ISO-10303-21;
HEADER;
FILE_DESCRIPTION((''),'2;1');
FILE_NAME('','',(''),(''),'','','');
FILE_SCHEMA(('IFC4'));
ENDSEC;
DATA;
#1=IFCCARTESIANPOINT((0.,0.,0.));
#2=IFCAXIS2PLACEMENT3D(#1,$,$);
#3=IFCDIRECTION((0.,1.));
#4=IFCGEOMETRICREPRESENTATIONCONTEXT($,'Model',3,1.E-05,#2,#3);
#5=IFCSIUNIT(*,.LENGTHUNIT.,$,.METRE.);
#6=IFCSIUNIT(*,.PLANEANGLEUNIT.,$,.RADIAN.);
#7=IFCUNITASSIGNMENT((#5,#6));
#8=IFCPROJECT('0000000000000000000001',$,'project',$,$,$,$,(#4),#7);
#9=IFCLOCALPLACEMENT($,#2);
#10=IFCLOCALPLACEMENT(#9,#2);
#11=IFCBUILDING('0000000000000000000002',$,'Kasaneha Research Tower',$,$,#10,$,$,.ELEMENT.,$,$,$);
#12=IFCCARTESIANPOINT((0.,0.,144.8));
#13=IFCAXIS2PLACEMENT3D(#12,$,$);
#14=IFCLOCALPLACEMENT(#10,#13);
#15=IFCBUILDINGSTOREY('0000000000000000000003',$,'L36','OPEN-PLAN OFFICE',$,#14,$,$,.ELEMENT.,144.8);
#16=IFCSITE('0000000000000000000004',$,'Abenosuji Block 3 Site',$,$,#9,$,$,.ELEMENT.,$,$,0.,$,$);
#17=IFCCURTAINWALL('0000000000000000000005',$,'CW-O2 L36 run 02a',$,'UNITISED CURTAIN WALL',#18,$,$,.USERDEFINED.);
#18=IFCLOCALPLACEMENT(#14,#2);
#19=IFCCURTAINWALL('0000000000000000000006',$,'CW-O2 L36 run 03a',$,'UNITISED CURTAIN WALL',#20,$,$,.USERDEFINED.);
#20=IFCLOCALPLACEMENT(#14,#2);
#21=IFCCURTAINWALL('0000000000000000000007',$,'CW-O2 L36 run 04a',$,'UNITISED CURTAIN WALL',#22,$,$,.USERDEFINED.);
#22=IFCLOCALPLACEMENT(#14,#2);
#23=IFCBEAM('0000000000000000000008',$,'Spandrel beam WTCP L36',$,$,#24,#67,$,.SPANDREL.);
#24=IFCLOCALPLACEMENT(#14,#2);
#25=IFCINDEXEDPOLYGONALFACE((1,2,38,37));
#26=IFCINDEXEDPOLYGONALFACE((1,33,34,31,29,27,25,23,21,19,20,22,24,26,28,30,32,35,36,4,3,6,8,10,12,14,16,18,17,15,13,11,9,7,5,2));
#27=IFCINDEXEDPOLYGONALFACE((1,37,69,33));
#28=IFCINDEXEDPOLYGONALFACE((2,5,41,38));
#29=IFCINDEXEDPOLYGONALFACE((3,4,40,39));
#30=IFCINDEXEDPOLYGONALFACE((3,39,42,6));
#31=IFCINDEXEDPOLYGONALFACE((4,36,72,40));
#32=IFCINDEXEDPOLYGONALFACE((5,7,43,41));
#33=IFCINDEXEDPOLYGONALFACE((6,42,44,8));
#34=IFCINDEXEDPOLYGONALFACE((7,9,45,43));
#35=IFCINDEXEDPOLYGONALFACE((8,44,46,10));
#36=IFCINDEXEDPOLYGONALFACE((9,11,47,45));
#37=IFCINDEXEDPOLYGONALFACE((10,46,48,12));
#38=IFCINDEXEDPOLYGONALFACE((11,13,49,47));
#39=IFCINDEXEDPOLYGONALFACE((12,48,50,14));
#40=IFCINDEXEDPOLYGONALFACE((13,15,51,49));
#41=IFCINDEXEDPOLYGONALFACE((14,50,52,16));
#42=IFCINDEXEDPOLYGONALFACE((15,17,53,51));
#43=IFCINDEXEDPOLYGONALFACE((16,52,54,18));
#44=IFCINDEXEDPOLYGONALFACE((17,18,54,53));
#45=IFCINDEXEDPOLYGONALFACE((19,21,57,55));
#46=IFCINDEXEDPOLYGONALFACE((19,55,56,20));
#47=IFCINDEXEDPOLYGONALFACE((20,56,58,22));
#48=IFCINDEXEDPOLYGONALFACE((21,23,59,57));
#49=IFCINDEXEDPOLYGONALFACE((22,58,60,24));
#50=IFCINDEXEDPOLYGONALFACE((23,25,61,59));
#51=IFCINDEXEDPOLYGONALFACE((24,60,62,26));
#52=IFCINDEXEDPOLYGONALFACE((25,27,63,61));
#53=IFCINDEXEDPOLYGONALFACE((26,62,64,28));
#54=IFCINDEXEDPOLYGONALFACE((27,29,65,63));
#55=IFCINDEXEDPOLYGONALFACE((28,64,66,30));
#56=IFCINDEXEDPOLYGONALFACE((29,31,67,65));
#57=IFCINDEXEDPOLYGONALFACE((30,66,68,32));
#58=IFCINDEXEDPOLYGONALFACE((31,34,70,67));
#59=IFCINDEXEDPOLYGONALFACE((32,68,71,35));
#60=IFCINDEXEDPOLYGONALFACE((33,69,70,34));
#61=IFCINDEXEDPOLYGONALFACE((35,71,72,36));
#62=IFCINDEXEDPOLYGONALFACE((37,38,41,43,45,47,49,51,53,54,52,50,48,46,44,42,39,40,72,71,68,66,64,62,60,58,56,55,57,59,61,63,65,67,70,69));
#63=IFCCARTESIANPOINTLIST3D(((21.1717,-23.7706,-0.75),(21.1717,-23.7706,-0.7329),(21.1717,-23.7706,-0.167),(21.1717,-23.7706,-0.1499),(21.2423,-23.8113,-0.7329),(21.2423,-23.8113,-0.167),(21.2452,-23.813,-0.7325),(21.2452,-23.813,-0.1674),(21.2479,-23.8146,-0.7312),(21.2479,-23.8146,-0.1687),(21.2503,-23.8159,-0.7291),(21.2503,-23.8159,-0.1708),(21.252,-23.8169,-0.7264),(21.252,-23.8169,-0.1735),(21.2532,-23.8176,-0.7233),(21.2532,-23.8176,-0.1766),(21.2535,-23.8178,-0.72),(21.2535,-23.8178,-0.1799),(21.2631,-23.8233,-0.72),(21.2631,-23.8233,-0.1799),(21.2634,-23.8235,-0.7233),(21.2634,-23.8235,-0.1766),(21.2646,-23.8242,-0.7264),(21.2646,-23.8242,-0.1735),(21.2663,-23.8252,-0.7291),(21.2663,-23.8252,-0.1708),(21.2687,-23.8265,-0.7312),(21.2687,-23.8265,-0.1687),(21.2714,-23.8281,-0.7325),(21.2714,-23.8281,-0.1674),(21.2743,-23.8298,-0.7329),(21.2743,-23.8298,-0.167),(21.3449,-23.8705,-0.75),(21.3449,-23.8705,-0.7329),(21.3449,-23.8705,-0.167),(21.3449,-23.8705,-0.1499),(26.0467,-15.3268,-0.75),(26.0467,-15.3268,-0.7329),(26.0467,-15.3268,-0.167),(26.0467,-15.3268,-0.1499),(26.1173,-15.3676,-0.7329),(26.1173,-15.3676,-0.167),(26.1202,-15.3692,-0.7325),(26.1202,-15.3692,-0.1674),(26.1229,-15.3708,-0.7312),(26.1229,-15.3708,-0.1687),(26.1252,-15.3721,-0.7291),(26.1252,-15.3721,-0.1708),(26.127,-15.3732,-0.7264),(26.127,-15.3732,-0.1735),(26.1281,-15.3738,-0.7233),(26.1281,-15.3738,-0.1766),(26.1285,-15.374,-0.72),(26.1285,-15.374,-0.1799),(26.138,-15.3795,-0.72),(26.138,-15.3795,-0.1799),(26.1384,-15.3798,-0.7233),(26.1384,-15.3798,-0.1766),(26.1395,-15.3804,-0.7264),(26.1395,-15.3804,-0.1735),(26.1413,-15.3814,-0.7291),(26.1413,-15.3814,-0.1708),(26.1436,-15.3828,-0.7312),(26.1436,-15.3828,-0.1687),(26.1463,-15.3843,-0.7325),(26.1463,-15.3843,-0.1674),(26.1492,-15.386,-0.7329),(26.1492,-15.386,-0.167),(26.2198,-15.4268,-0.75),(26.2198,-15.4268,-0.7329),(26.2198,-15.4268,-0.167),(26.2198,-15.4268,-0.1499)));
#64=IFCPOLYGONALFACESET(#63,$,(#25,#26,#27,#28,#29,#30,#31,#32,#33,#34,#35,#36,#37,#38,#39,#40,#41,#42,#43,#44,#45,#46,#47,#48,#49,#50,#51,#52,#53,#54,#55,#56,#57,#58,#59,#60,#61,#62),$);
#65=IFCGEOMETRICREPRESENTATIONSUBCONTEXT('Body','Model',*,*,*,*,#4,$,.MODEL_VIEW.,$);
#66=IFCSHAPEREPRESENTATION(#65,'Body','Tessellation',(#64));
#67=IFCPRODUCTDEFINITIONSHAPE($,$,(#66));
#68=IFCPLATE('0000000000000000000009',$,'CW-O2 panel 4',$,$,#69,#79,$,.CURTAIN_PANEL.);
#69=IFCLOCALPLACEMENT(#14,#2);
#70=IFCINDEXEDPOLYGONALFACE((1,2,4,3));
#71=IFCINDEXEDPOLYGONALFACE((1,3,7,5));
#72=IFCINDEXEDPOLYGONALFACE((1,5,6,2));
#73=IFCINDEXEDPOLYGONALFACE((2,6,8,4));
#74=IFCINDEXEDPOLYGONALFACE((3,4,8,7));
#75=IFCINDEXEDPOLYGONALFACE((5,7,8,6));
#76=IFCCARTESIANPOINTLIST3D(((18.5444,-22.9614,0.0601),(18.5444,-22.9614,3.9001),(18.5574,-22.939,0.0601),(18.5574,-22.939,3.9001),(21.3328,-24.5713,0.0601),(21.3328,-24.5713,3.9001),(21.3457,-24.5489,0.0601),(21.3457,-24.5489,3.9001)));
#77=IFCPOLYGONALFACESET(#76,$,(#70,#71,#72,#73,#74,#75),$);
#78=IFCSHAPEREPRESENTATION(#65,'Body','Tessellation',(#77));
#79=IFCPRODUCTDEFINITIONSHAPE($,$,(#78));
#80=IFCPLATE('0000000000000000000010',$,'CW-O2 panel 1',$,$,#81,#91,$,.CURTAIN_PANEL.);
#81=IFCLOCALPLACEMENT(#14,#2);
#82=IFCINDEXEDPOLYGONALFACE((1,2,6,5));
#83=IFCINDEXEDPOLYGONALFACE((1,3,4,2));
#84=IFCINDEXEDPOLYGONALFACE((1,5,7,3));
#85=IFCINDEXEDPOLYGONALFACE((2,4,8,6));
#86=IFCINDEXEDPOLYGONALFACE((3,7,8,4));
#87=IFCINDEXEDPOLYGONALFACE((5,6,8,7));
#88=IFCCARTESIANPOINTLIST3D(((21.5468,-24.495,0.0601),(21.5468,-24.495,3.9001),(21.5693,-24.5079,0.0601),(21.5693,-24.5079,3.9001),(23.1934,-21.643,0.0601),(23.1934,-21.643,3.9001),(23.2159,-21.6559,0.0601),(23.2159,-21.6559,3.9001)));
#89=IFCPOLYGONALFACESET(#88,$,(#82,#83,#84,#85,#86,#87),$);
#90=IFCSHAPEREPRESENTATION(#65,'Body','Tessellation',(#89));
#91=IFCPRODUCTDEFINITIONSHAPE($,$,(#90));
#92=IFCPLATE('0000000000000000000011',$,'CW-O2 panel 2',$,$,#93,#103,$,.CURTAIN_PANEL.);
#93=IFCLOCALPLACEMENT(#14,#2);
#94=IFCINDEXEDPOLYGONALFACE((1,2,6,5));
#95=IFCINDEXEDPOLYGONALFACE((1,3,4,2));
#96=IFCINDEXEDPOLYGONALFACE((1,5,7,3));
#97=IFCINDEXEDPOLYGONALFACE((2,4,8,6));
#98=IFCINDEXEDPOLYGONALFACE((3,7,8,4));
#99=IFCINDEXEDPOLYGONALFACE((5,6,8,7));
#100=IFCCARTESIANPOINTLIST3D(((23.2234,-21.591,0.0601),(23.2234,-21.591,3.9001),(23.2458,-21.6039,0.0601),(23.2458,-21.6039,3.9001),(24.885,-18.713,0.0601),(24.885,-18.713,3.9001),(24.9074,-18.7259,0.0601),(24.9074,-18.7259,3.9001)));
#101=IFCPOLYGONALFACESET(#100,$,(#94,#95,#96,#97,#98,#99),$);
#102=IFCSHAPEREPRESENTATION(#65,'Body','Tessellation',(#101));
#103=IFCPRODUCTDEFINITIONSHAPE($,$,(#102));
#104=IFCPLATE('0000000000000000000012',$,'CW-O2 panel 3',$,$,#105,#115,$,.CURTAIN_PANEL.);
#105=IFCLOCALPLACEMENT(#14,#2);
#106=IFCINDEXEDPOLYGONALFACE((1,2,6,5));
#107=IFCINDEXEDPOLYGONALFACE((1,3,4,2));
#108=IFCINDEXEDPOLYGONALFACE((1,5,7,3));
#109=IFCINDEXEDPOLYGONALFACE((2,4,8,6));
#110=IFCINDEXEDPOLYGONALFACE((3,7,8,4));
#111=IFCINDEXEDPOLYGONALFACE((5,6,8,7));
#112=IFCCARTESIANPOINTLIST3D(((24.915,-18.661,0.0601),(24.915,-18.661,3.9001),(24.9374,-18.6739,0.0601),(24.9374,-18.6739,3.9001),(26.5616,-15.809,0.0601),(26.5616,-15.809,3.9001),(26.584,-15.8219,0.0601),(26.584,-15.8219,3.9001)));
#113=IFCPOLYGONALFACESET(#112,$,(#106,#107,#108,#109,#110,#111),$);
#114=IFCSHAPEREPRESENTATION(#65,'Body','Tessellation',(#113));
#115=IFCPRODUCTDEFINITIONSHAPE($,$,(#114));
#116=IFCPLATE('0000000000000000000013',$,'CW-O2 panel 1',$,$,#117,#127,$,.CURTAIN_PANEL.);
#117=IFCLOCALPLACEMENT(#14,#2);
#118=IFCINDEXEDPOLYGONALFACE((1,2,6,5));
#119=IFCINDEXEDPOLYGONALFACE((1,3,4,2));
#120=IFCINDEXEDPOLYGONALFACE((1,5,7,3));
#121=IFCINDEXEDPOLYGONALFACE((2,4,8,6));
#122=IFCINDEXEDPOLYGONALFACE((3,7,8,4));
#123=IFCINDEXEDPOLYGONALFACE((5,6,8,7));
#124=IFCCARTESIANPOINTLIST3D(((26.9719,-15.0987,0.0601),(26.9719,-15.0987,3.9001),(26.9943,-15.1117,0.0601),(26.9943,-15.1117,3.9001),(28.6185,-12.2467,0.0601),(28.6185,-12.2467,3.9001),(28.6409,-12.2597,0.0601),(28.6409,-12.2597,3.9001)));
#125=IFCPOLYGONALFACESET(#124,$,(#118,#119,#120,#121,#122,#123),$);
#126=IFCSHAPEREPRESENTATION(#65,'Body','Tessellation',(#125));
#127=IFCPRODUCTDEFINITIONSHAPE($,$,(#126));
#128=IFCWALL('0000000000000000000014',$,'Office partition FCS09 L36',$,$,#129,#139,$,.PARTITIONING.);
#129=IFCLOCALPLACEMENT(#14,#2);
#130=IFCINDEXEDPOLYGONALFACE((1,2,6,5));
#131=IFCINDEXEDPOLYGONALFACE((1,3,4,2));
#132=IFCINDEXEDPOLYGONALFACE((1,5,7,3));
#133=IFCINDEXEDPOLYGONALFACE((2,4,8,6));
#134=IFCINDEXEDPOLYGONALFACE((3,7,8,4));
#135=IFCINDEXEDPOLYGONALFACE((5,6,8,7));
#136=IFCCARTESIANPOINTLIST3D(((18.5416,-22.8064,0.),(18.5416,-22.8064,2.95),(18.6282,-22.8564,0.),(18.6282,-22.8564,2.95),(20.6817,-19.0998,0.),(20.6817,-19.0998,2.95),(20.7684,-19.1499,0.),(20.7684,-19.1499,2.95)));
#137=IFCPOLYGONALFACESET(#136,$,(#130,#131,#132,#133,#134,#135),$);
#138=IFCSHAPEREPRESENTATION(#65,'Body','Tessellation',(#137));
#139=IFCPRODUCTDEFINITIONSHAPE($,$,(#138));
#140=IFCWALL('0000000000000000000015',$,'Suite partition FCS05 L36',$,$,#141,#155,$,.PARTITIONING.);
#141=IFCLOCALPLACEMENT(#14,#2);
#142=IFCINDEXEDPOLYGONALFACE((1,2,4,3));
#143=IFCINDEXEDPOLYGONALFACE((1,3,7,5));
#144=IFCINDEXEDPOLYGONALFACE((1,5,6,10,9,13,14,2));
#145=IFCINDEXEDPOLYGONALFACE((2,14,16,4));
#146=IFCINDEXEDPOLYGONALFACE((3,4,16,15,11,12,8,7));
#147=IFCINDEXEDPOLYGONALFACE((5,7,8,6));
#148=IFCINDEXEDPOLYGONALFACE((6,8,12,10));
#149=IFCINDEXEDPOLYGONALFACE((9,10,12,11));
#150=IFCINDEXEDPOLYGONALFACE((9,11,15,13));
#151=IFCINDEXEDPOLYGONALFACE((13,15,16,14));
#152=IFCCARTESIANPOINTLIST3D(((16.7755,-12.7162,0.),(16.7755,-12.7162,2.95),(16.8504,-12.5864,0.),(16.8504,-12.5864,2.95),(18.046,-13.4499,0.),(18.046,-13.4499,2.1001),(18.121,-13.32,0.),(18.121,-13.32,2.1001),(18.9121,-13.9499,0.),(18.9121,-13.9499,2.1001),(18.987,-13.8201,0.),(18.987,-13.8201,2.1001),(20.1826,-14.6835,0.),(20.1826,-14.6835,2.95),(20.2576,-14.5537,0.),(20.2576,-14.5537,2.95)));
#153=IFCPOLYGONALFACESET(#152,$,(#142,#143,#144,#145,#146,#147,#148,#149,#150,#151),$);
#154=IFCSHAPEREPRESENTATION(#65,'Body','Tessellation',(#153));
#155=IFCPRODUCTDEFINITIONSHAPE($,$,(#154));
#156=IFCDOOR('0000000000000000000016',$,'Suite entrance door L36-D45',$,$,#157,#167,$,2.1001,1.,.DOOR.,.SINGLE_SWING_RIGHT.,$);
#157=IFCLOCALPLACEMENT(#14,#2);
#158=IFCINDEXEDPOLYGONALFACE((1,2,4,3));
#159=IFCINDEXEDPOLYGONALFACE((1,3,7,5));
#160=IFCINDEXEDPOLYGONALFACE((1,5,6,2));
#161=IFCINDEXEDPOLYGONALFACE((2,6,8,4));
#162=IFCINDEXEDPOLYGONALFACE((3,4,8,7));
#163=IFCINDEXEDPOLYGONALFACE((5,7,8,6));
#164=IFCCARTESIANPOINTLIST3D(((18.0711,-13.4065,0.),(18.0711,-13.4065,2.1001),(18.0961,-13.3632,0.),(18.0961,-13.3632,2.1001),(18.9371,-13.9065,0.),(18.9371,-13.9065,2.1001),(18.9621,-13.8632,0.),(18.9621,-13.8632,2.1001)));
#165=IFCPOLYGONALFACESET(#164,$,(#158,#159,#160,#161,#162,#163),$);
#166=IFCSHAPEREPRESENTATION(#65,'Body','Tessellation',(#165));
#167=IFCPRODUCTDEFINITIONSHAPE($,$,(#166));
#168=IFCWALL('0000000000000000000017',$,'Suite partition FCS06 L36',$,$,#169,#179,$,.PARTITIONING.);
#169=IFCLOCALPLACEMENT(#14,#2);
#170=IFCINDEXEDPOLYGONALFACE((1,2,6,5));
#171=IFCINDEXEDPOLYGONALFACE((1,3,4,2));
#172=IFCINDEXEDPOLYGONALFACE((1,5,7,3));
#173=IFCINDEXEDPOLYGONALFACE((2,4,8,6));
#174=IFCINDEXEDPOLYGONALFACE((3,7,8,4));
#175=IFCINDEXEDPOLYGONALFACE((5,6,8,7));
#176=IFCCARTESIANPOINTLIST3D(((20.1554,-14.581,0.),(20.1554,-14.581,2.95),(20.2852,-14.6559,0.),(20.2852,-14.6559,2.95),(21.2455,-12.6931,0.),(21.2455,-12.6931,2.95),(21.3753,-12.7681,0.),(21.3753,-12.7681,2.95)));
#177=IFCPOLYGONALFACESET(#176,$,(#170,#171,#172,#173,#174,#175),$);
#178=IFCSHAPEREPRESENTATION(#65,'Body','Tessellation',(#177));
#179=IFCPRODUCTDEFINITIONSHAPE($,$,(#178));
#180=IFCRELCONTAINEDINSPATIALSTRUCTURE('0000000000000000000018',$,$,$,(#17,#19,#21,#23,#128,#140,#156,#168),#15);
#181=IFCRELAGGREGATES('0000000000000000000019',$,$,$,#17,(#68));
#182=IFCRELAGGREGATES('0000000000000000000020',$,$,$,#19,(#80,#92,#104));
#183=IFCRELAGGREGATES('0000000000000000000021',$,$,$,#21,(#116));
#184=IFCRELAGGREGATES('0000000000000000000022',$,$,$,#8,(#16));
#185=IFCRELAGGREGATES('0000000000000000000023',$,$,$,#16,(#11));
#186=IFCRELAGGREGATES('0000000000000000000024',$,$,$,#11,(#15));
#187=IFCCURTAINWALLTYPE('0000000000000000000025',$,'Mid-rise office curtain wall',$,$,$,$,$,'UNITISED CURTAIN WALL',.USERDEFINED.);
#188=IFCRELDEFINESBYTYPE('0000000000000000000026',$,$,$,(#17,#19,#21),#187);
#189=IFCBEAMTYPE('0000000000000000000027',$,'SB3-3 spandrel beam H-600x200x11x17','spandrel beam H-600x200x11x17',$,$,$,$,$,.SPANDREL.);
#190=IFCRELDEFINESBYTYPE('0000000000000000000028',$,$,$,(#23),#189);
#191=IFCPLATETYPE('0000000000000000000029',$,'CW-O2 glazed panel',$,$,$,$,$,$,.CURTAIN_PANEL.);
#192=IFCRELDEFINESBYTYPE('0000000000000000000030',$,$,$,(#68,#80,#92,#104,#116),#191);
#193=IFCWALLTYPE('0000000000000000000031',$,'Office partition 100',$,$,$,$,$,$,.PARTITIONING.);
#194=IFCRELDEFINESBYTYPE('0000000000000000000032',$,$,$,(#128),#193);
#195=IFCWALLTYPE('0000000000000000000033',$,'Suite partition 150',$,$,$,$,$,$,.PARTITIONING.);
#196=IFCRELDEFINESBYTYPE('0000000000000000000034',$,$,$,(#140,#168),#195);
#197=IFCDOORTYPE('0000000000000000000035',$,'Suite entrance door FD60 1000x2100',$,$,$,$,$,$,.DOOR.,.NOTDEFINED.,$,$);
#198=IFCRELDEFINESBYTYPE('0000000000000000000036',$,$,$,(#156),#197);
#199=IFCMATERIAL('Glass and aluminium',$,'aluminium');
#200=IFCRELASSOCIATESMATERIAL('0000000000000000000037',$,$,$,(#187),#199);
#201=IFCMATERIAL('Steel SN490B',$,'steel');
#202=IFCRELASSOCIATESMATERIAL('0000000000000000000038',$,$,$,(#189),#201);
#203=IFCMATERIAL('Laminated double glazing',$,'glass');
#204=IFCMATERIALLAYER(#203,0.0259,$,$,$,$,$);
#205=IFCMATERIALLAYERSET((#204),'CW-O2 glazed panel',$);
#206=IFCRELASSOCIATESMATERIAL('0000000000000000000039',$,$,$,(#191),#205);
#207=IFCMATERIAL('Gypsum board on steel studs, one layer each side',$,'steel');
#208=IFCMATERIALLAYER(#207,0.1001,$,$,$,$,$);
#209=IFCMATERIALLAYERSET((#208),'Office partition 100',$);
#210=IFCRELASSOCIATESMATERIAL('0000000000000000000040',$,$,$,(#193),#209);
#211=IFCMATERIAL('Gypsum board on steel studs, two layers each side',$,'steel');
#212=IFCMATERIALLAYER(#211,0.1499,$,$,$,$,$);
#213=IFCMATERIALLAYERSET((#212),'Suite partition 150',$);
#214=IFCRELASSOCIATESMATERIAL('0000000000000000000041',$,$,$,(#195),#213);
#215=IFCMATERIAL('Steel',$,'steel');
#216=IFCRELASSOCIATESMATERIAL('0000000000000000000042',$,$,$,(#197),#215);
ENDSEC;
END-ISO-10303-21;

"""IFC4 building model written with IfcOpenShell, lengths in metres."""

from ifc_helpers import new_model, si_unit, direction, frame, frame_2d, origin, origin_2d, place, context, subcontext, project, spatial, rectangle, i_section, extrude, material, layer, layer_set, material_profile, profile_set, type_object, element, fill, aggregate, save


model = new_model("IFC4")

# Units and contexts
model_context = context("Model", 3, precision=1e-05, world=origin(), true_north=direction((0.0, 1.0)))
body_context = subcontext(model_context, "Body", "Model", "MODEL_VIEW")
ifc_project = project(units=[si_unit("LENGTHUNIT", "METRE"), si_unit("PLANEANGLEUNIT", "RADIAN")], contexts=[model_context])

# Site, building, storey
site_placement = place(None, origin())
site = spatial("IfcSite", under=ifc_project, at=site_placement, Name="Abenosuji Block 3 Site", CompositionType="ELEMENT", RefElevation=0.0)
building_placement = place(site_placement, origin())
building = spatial("IfcBuilding", under=site, at=building_placement, Name="Kasaneha Research Tower", CompositionType="ELEMENT")
storey_placement = place(building_placement, frame((0.0, 0.0, 144.8)))
storey = spatial("IfcBuildingStorey", under=building, at=storey_placement, Name="L36", Description="OPEN-PLAN OFFICE", CompositionType="ELEMENT", Elevation=144.8)

# Curtain wall
ifc_material_1 = material(Name="Glass and aluminium", Category="aluminium")
curtain_wall_type = type_object("IfcCurtainWallType", Name="Mid-rise office curtain wall", ElementType="UNITISED CURTAIN WALL", PredefinedType="USERDEFINED", material=ifc_material_1)
curtain_wall_1_placement = place(storey_placement, origin())
curtain_wall_1 = element("IfcCurtainWall", 1, at=curtain_wall_1_placement, inside=storey, type_object=curtain_wall_type, Name="CW-O2 L36 run 02a", ObjectType="UNITISED CURTAIN WALL", PredefinedType="USERDEFINED")

# Curtain walls
curtain_wall_2_placement = place(storey_placement, origin())
curtain_wall_2 = element("IfcCurtainWall", 2, at=curtain_wall_2_placement, inside=storey, type_object=curtain_wall_type, Name="CW-O2 L36 run 03a", ObjectType="UNITISED CURTAIN WALL", PredefinedType="USERDEFINED")
curtain_wall_3_placement = place(storey_placement, origin())
curtain_wall_3 = element("IfcCurtainWall", 3, at=curtain_wall_3_placement, inside=storey, type_object=curtain_wall_type, Name="CW-O2 L36 run 04a", ObjectType="UNITISED CURTAIN WALL", PredefinedType="USERDEFINED")

# Beam
ifc_material_2 = material(Name="Steel SN490B", Category="steel")
ifc_material_profile_1 = material_profile(ifc_material_2, i_section(OverallWidth=0.2, OverallDepth=0.6001, WebThickness=0.011, FlangeThickness=0.0171, FilletRadius=0.0129, at=origin_2d()), Name="H-600x200x11x17")
ifc_profile_set_1 = profile_set([ifc_material_profile_1], Name="Steel SN490B")
beam_type = type_object("IfcBeamType", Name="SB3-3 spandrel beam H-600x200x11x17", Description="spandrel beam H-600x200x11x17", PredefinedType="SPANDREL", material=ifc_profile_set_1)
beam_placement = place(storey_placement, frame((21.2583, -23.8206, -0.45), z_axis=(0.499996, 0.866028, 0.0), x_axis=(-0.866028, 0.499996, 0.0)))
element("IfcBeam", 4, at=beam_placement, inside=storey, type_object=beam_type, Name="Spandrel beam WTCP L36", PredefinedType="SPANDREL", context=body_context, shape_type="SweptSolid", body=[
    extrude(i_section(OverallWidth=0.2, OverallDepth=0.6001, WebThickness=0.011, FlangeThickness=0.0171, FilletRadius=0.0129, at=origin_2d()), origin(), (0.0, 0.0, 1.0), 9.75),
])

# Plates
ifc_material_3 = material(Name="Laminated double glazing", Category="glass")
ifc_layer_1 = layer(ifc_material_3, 0.0259)
ifc_layer_set_1 = layer_set([ifc_layer_1], Name="CW-O2 glazed panel")
plate_type = type_object("IfcPlateType", Name="CW-O2 glazed panel", PredefinedType="CURTAIN_PANEL", material=ifc_layer_set_1)
plate_1_placement = place(storey_placement, frame((19.9451, -23.7551, 0.0601), z_axis=(0.0, 0.0, 1.0), x_axis=(0.866025, -0.5, 0.0)))
plate_1 = element("IfcPlate", 5, at=plate_1_placement, type_object=plate_type, Name="CW-O2 panel 4", PredefinedType="CURTAIN_PANEL", context=body_context, shape_type="SweptSolid", body=[
    extrude(rectangle(XDim=3.2197, YDim=0.0259, at=origin_2d()), origin(), (0.0, 0.0, 1.0), 3.8401),
])
aggregate(curtain_wall_1, [plate_1])
plate_2_placement = place(storey_placement, frame((22.3813, -23.0754, 0.0601), z_axis=(0.0, 0.0, 1.0), x_axis=(0.5, 0.866025, 0.0)))
plate_2 = element("IfcPlate", 6, at=plate_2_placement, type_object=plate_type, Name="CW-O2 panel 1", PredefinedType="CURTAIN_PANEL", context=body_context, shape_type="SweptSolid", body=[
    extrude(rectangle(XDim=3.2932, YDim=0.0259, at=origin_2d()), origin(), (0.0, 0.0, 1.0), 3.8401),
])
plate_3_placement = place(storey_placement, frame((24.0654, -20.1584, 0.0601), z_axis=(0.0, 0.0, 1.0), x_axis=(0.5, 0.866025, 0.0)))
plate_3 = element("IfcPlate", 7, at=plate_3_placement, type_object=plate_type, Name="CW-O2 panel 2", PredefinedType="CURTAIN_PANEL", context=body_context, shape_type="SweptSolid", body=[
    extrude(rectangle(XDim=3.3232, YDim=0.0259, at=origin_2d()), origin(), (0.0, 0.0, 1.0), 3.8401),
])
plate_4_placement = place(storey_placement, frame((25.7495, -17.2415, 0.0601), z_axis=(0.0, 0.0, 1.0), x_axis=(0.5, 0.866025, 0.0)))
plate_4 = element("IfcPlate", 8, at=plate_4_placement, type_object=plate_type, Name="CW-O2 panel 3", PredefinedType="CURTAIN_PANEL", context=body_context, shape_type="SweptSolid", body=[
    extrude(rectangle(XDim=3.2932, YDim=0.0259, at=origin_2d()), origin(), (0.0, 0.0, 1.0), 3.8401),
])
aggregate(curtain_wall_2, [plate_2, plate_3, plate_4])
plate_5_placement = place(storey_placement, frame((27.8064, -13.6792, 0.0601), z_axis=(0.0, 0.0, 1.0), x_axis=(0.5, 0.866025, 0.0)))
plate_5 = element("IfcPlate", 9, at=plate_5_placement, type_object=plate_type, Name="CW-O2 panel 1", PredefinedType="CURTAIN_PANEL", context=body_context, shape_type="SweptSolid", body=[
    extrude(rectangle(XDim=3.2932, YDim=0.0259, at=origin_2d()), origin(), (0.0, 0.0, 1.0), 3.8401),
])
aggregate(curtain_wall_3, [plate_5])

# Wall
ifc_material_4 = material(Name="Gypsum board on steel studs, one layer each side", Category="steel")
ifc_layer_2 = layer(ifc_material_4, 0.1001)
ifc_layer_set_2 = layer_set([ifc_layer_2], Name="Office partition 100")
wall_type_1 = type_object("IfcWallType", Name="Office partition 100", PredefinedType="PARTITIONING", material=ifc_layer_set_2)
wall_1_placement = place(storey_placement, frame((20.7251, -19.1248, 0.0), z_axis=(0.0, 0.0, 1.0), x_axis=(-0.500029, -0.866009, 0.0)))
element("IfcWall", 10, at=wall_1_placement, inside=storey, type_object=wall_type_1, Name="Office partition FCS09 L36", PredefinedType="PARTITIONING", context=body_context, shape_type="SweptSolid", body=[
    extrude(rectangle(XDim=4.28, YDim=0.1001, at=frame_2d((2.1401, 0.0))), origin(), (0.0, 0.0, 1.0), 2.95),
])

# Wall, opening, door
ifc_material_5 = material(Name="Gypsum board on steel studs, two layers each side", Category="steel")
ifc_layer_3 = layer(ifc_material_5, 0.1499)
ifc_layer_set_3 = layer_set([ifc_layer_3], Name="Suite partition 150")
wall_type_2 = type_object("IfcWallType", Name="Suite partition 150", PredefinedType="PARTITIONING", material=ifc_layer_set_3)
wall_2_placement = place(storey_placement, frame((20.2202, -14.6187, 0.0), z_axis=(0.0, 0.0, 1.0), x_axis=(-0.866012, 0.500023, 0.0)))
wall_2 = element("IfcWall", 11, at=wall_2_placement, inside=storey, type_object=wall_type_2, Name="Suite partition FCS05 L36", PredefinedType="PARTITIONING", context=body_context, shape_type="SweptSolid", body=[
    extrude(rectangle(XDim=3.9343, YDim=0.1499, at=frame_2d((1.9673, 0.0))), origin(), (0.0, 0.0, 1.0), 2.95),
])
opening_placement = place(wall_2_placement, frame((1.4673, 0.0, 0.0)))
opening = element("IfcOpeningElement", 12, at=opening_placement, cuts=wall_2, PredefinedType="OPENING", context=body_context, shape_type="SweptSolid", body=[
    extrude(rectangle(XDim=1.0, YDim=2.1001, at=frame_2d((0.5, 1.05))), frame((0.0, 0.085, 0.0), z_axis=(0.0, -1.0, 0.0), x_axis=(1.0, 0.0, 0.0)), (0.0, 0.0, 1.0), 0.1699),
])
ifc_material_6 = material(Name="Steel", Category="steel")
door_type = type_object("IfcDoorType", Name="Suite entrance door FD60 1000x2100", OperationType="NOTDEFINED", PredefinedType="DOOR", material=ifc_material_6)
door_placement = place(opening_placement, origin())
door = element("IfcDoor", 13, at=door_placement, inside=storey, type_object=door_type, Name="Suite entrance door L36-D45", OperationType="SINGLE_SWING_RIGHT", OverallHeight=2.1001, OverallWidth=1.0, PredefinedType="DOOR", context=body_context, shape_type="SweptSolid", body=[
    extrude(rectangle(XDim=1.0, YDim=2.1001, at=frame_2d((0.5, 1.05))), frame((0.0, 0.0249, 0.0), z_axis=(0.0, -1.0, 0.0), x_axis=(1.0, 0.0, 0.0)), (0.0, 0.0, 1.0), 0.05),
])
fill(opening, door)

# Wall
wall_3_placement = place(storey_placement, frame((21.3103, -12.7307, 0.0), z_axis=(0.0, 0.0, 1.0), x_axis=(-0.500029, -0.866008, 0.0)))
element("IfcWall", 14, at=wall_3_placement, inside=storey, type_object=wall_type_2, Name="Suite partition FCS06 L36", PredefinedType="PARTITIONING", context=body_context, shape_type="SweptSolid", body=[
    extrude(rectangle(XDim=2.1799, YDim=0.1499, at=frame_2d((1.0898, 0.0))), origin(), (0.0, 0.0, 1.0), 2.95),
])

save(model, "model.ifc")
